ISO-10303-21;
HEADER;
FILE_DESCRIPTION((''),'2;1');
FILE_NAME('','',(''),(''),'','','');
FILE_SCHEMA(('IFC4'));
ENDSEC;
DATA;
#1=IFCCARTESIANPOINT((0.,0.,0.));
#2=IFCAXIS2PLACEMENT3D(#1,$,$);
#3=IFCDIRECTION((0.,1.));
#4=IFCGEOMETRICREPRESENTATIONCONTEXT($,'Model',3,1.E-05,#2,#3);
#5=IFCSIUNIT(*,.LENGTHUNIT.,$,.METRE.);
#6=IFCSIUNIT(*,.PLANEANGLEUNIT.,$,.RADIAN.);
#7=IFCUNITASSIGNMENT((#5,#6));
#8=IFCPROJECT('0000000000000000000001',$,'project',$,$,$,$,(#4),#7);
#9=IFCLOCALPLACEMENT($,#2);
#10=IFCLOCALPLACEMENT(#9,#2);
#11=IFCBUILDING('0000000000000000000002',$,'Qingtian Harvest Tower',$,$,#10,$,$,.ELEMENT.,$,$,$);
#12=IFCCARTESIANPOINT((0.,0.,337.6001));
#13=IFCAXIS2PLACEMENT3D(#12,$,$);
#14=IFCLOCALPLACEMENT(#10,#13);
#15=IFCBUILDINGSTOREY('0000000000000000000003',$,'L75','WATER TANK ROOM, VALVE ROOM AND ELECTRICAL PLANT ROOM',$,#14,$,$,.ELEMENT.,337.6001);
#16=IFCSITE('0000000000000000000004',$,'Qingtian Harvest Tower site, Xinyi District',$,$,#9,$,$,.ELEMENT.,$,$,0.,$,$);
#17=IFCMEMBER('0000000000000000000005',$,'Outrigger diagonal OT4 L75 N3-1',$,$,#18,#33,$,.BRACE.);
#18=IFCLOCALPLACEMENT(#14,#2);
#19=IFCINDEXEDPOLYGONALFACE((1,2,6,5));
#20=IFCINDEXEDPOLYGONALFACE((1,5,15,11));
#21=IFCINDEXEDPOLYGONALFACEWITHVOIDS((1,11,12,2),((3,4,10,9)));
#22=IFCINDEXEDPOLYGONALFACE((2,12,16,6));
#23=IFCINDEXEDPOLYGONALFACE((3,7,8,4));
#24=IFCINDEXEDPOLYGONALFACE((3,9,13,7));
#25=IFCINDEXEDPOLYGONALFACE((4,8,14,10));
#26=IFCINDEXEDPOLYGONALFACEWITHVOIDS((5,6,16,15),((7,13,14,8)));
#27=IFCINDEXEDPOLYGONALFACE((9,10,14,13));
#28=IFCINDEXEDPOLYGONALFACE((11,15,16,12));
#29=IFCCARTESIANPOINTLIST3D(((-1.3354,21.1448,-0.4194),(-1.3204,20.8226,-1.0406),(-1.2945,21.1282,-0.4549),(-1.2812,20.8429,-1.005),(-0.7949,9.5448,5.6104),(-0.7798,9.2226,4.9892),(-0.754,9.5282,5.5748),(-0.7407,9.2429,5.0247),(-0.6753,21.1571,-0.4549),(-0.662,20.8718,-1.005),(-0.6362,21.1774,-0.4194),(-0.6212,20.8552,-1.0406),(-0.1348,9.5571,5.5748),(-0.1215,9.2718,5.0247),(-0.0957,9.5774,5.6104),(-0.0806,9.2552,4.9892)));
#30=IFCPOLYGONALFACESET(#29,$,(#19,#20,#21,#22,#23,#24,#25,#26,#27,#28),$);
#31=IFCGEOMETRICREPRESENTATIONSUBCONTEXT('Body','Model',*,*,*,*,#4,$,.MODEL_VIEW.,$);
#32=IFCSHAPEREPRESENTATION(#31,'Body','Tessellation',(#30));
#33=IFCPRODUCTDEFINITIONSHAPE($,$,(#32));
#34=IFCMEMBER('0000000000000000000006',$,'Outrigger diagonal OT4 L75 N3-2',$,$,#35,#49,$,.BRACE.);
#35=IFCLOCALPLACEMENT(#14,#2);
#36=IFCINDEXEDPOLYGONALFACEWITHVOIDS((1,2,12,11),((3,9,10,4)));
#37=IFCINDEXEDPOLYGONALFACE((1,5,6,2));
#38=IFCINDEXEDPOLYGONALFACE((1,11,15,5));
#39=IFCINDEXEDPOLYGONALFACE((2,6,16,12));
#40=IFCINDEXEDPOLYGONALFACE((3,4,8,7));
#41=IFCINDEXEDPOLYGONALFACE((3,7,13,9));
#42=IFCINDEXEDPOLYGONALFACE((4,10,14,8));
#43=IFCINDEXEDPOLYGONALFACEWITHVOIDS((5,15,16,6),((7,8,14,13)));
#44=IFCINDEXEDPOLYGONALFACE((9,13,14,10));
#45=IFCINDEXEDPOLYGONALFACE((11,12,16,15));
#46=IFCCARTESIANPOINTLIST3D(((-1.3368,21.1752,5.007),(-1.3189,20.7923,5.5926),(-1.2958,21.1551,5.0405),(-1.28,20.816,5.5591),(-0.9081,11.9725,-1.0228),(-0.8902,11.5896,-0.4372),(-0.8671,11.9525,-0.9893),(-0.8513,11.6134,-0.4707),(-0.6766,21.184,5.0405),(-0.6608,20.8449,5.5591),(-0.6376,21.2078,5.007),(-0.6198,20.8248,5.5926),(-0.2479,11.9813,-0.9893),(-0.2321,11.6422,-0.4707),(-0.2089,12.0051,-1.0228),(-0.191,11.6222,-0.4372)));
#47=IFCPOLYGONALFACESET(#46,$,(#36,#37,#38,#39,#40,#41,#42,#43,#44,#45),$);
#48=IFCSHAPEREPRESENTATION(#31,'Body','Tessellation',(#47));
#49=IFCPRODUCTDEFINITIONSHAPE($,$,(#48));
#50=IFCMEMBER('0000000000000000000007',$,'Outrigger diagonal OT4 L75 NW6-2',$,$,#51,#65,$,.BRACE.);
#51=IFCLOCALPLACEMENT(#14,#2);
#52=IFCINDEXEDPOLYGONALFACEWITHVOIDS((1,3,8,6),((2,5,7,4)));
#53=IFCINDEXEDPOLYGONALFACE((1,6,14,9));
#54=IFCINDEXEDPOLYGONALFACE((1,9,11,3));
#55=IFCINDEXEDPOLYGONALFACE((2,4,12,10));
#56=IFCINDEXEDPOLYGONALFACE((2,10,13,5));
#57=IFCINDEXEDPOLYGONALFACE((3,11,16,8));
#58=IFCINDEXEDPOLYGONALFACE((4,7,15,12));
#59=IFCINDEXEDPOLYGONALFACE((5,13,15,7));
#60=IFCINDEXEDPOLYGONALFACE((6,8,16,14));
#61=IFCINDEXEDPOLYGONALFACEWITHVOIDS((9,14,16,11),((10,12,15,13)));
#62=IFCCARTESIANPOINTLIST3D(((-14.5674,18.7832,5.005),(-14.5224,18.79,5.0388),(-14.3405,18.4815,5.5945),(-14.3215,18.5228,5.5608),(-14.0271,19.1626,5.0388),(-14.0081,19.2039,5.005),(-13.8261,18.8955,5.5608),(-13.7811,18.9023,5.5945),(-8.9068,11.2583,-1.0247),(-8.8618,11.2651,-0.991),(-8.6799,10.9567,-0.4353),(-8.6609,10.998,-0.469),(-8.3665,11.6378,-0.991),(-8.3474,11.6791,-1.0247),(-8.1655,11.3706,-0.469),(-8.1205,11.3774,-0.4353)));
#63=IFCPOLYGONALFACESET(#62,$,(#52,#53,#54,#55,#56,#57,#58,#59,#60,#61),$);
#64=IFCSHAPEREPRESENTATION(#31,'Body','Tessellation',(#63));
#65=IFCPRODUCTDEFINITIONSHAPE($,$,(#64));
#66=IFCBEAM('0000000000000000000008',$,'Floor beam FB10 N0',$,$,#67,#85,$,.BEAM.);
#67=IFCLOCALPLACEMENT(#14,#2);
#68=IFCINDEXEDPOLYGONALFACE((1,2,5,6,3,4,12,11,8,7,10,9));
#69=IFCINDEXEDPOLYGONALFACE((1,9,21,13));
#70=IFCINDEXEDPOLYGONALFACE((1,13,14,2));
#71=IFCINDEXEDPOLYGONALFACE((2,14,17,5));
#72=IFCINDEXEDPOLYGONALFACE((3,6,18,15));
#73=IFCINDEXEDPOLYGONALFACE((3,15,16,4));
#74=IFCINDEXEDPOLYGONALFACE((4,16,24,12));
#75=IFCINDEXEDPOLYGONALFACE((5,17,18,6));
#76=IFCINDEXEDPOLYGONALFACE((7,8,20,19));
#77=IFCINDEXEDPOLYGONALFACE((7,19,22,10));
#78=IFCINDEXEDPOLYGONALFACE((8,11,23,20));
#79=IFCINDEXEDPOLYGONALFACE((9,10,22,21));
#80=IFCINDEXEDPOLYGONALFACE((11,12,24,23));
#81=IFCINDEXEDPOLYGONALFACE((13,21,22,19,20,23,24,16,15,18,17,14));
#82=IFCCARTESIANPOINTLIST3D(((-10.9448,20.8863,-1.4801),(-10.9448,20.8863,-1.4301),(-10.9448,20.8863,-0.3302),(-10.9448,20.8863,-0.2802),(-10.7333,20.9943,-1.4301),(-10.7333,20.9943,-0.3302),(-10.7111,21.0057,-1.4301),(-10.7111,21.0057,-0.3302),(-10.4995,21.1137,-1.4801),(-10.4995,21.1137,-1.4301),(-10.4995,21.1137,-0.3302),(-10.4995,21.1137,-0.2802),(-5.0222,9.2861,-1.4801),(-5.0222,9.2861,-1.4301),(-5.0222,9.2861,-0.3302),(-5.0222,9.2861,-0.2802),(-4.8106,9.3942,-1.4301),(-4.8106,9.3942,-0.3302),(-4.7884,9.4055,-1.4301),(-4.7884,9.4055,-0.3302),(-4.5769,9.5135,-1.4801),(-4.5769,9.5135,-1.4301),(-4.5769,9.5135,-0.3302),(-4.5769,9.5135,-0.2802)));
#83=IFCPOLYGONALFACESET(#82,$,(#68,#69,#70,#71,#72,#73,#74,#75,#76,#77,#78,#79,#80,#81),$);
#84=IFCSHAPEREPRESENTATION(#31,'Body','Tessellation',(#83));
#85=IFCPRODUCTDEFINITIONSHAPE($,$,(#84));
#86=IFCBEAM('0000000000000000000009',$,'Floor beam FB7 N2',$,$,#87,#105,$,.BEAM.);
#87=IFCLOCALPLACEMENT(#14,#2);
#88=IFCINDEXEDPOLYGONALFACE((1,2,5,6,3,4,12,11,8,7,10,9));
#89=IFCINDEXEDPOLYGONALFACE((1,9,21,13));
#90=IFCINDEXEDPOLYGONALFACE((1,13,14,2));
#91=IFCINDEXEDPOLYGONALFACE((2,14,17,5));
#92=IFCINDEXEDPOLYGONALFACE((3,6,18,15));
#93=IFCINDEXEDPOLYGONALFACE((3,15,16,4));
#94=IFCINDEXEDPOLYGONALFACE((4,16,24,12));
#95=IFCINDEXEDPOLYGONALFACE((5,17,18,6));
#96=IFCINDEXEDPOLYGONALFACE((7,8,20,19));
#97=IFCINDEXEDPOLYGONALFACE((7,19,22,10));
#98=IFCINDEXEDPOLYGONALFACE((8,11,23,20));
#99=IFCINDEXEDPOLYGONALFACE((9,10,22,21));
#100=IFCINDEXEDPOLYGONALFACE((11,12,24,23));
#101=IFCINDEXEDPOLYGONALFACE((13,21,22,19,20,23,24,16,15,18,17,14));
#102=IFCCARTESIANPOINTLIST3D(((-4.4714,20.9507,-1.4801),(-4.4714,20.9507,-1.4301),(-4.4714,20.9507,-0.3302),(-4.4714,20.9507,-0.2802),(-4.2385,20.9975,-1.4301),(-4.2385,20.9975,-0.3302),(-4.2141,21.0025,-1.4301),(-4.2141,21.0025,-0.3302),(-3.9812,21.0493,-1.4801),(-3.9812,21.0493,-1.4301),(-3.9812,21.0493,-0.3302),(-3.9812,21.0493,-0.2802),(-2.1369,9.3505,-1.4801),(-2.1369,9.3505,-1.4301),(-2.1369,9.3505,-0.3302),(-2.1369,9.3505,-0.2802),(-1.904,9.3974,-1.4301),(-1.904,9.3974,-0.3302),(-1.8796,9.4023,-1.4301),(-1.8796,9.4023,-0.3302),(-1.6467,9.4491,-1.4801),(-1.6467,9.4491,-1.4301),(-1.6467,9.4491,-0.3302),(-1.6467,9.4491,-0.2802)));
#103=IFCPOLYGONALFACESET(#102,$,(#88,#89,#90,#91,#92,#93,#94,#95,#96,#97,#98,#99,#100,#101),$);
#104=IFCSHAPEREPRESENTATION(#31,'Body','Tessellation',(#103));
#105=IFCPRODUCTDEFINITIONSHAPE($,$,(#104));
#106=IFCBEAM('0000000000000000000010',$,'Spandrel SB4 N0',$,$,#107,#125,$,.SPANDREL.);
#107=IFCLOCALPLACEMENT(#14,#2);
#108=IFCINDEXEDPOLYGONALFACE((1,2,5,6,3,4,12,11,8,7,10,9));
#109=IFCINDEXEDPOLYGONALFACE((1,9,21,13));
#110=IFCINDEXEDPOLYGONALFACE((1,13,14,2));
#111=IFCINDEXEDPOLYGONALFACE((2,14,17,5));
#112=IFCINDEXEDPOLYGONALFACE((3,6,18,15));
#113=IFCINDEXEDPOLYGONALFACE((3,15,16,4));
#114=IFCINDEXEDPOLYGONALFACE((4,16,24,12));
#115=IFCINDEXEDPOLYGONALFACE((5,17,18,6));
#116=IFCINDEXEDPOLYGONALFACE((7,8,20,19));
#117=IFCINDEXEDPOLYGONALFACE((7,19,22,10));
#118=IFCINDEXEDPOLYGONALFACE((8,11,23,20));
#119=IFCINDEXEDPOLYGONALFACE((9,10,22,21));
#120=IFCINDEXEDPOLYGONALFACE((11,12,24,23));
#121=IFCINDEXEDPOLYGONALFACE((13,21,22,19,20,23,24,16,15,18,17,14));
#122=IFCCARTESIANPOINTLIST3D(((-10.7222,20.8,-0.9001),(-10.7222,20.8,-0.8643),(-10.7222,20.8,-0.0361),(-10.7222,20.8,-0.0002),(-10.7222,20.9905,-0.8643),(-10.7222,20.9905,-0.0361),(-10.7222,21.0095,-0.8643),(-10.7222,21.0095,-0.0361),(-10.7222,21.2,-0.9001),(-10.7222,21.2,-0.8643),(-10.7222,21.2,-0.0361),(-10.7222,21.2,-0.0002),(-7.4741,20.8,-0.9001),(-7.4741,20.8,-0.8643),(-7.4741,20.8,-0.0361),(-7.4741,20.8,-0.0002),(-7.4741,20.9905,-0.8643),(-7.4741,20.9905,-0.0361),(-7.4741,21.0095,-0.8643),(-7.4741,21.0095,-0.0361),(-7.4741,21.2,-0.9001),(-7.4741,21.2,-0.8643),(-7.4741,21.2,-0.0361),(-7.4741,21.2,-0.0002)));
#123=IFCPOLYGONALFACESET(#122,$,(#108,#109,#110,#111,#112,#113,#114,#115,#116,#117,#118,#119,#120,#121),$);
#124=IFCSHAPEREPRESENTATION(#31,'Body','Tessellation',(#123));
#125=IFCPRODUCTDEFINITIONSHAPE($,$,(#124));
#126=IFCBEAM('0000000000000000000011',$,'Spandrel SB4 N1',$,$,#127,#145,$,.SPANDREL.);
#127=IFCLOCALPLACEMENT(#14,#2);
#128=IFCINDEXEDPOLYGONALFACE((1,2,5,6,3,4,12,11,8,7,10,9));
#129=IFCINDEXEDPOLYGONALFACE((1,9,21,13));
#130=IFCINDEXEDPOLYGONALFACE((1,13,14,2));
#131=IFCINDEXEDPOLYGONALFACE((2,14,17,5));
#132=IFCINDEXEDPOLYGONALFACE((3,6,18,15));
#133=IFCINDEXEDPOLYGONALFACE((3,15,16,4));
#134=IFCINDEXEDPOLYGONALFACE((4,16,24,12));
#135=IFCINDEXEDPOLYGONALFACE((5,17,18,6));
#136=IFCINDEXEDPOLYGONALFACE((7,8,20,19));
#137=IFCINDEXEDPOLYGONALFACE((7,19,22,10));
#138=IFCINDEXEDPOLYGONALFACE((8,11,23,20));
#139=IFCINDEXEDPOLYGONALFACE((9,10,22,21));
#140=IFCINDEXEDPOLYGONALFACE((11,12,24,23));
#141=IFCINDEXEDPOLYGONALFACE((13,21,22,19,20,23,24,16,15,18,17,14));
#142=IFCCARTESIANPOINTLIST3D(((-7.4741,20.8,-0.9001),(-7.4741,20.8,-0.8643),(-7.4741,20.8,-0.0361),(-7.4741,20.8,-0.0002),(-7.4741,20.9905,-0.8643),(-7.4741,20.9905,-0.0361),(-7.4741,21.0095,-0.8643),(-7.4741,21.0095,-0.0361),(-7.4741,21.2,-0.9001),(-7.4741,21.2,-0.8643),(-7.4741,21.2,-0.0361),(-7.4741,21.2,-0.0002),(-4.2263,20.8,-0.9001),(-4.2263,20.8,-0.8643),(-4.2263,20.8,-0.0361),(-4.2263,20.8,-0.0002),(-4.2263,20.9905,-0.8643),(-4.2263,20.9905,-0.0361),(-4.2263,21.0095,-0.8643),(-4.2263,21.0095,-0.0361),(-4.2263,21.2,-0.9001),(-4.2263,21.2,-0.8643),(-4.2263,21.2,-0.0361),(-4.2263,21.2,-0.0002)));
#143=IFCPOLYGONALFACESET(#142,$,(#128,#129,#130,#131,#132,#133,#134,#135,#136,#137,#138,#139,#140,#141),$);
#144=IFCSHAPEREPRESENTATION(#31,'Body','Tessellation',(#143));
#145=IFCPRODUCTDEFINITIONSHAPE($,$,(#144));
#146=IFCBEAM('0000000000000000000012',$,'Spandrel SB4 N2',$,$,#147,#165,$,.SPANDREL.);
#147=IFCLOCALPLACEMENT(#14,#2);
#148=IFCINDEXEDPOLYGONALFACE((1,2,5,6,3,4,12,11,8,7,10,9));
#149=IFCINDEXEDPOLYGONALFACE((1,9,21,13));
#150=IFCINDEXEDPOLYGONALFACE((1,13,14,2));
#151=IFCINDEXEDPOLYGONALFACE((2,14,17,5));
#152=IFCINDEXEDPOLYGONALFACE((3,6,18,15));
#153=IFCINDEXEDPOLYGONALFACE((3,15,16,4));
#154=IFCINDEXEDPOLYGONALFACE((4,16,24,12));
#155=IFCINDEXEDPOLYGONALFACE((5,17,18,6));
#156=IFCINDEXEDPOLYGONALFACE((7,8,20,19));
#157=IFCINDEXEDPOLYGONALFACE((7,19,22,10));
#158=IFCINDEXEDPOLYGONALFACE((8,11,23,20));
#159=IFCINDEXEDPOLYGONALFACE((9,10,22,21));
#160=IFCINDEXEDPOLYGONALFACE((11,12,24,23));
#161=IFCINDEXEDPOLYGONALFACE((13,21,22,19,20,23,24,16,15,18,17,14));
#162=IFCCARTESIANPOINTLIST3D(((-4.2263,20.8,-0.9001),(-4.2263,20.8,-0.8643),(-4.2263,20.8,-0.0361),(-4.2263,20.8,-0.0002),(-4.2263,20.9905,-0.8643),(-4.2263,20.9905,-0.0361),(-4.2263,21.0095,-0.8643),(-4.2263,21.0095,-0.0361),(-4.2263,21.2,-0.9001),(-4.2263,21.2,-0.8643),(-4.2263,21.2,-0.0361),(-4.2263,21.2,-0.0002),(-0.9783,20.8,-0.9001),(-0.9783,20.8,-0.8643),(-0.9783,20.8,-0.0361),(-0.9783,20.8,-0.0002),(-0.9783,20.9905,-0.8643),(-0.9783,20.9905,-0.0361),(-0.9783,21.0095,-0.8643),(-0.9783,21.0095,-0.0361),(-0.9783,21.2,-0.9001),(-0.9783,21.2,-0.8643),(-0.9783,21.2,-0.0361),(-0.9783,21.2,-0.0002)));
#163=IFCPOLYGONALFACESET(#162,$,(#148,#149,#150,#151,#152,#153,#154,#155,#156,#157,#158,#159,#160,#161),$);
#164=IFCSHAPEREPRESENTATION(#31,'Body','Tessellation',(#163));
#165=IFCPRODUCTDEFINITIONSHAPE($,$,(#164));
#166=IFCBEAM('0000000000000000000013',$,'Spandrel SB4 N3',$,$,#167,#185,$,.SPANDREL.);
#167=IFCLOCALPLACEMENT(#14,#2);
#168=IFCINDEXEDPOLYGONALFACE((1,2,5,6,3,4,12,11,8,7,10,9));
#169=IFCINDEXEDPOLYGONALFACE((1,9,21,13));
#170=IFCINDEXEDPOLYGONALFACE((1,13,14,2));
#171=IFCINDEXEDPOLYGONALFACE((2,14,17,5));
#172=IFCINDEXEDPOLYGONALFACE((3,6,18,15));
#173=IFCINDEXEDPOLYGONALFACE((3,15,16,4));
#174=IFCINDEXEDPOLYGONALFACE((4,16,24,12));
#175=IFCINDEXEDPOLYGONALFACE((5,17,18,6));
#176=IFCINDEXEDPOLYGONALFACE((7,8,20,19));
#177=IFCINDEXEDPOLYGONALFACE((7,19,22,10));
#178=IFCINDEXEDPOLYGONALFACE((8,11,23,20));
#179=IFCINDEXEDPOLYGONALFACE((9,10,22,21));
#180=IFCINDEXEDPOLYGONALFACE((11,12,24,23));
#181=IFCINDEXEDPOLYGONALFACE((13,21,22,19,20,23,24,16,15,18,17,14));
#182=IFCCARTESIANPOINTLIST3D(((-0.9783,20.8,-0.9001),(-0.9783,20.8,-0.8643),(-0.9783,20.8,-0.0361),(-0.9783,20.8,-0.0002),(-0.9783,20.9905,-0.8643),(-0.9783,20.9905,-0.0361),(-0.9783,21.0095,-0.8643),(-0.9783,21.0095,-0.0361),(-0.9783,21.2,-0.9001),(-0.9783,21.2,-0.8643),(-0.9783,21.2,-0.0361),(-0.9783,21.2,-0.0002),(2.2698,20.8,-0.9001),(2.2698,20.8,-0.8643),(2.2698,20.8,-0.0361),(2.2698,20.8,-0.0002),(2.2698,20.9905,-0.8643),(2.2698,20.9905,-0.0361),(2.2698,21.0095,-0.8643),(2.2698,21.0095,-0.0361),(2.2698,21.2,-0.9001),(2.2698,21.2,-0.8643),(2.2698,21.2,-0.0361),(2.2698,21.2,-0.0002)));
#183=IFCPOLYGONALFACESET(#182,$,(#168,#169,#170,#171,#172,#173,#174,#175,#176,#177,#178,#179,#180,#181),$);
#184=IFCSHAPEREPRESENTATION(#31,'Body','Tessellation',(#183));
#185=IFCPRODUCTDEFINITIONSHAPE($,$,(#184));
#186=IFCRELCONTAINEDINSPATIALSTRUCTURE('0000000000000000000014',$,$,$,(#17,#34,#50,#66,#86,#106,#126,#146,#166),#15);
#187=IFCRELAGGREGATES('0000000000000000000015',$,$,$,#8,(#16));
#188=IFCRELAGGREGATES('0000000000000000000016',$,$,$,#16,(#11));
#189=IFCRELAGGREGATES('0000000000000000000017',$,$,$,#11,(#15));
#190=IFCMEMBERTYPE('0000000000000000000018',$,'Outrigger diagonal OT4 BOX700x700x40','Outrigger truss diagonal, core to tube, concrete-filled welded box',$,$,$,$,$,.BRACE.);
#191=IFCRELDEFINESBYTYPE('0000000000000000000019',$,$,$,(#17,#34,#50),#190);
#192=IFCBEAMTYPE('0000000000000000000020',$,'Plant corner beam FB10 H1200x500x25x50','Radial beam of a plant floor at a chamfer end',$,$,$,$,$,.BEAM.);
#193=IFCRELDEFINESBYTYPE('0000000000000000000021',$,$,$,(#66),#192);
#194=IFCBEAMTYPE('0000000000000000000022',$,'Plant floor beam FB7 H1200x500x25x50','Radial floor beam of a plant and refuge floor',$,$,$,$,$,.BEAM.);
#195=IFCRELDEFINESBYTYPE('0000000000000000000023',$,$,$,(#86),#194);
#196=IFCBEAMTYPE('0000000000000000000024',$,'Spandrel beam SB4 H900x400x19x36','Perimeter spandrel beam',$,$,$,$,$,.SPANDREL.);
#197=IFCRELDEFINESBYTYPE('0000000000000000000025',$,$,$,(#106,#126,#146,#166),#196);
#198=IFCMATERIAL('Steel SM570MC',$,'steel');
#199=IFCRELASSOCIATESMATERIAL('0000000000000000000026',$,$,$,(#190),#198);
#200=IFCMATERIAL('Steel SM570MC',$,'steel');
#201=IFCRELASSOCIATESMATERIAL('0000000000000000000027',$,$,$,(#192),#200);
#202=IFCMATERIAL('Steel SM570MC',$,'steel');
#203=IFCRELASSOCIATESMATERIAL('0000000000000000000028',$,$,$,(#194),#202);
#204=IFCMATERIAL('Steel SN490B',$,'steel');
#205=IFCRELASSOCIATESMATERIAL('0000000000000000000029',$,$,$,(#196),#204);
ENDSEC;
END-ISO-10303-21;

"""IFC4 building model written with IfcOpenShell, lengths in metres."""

from ifc_helpers import new_model, si_unit, direction, frame, origin, origin_2d, place, context, subcontext, project, spatial, hollow_rectangle, i_section, extrude, material, material_profile, profile_set, type_object, element, save


model = new_model("IFC4")

# Units and contexts
model_context = context("Model", 3, precision=1e-05, world=origin(), true_north=direction((0.0, 1.0)))
body_context = subcontext(model_context, "Body", "Model", "MODEL_VIEW")
ifc_project = project(units=[si_unit("LENGTHUNIT", "METRE"), si_unit("PLANEANGLEUNIT", "RADIAN")], contexts=[model_context])

# Site, building, storey
site_placement = place(None, origin())
site = spatial("IfcSite", under=ifc_project, at=site_placement, Name="Qingtian Harvest Tower site, Xinyi District", CompositionType="ELEMENT", RefElevation=0.0)
building_placement = place(site_placement, origin())
building = spatial("IfcBuilding", under=site, at=building_placement, Name="Qingtian Harvest Tower", CompositionType="ELEMENT")
storey_placement = place(building_placement, frame((0.0, 0.0, 337.6001)))
storey = spatial("IfcBuildingStorey", under=building, at=storey_placement, Name="L75", Description="WATER TANK ROOM, VALVE ROOM AND ELECTRICAL PLANT ROOM", CompositionType="ELEMENT", Elevation=337.6001)

# Members
ifc_material_1 = material(Name="Steel SM570MC", Category="steel")
ifc_material_profile_1 = material_profile(ifc_material_1, hollow_rectangle(XDim=0.7, YDim=0.7, WallThickness=0.04, at=origin_2d()), Name="BOX700x700x40")
ifc_profile_set_1 = profile_set([ifc_material_profile_1], Name="Steel SM570MC")
member_type = type_object("IfcMemberType", Name="Outrigger diagonal OT4 BOX700x700x40", Description="Outrigger truss diagonal, core to tube, concrete-filled welded box", PredefinedType="BRACE", material=ifc_profile_set_1)
member_1_placement = place(storey_placement, frame((-0.9783, 21.0, -0.73), z_axis=(0.041309, -0.88653, 0.460823), x_axis=(0.998916, 0.046546, 0.0)))
element("IfcMember", 1, at=member_1_placement, inside=storey, type_object=member_type, Name="Outrigger diagonal OT4 L75 N3-1", PredefinedType="BRACE", context=body_context, shape_type="SweptSolid", body=[
    extrude(hollow_rectangle(XDim=0.7, YDim=0.7, WallThickness=0.04, at=origin_2d()), origin(), (0.0, 0.0, 1.0), 13.0847),
])
member_2_placement = place(storey_placement, frame((-0.5496, 11.7974, -0.73), z_axis=(-0.038937, 0.835807, 0.547641), x_axis=(-0.998917, -0.046535, 0.0)))
element("IfcMember", 2, at=member_2_placement, inside=storey, type_object=member_type, Name="Outrigger diagonal OT4 L75 N3-2", PredefinedType="BRACE", context=body_context, shape_type="SweptSolid", body=[
    extrude(hollow_rectangle(XDim=0.7, YDim=0.7, WallThickness=0.04, at=origin_2d()), origin(), (0.0, 0.0, 1.0), 11.0105),
])
member_3_placement = place(storey_placement, frame((-8.5137, 11.3179, -0.73), z_axis=(-0.506252, 0.672979, 0.539266), x_axis=(-0.799134, -0.601153, 0.0)))
element("IfcMember", 3, at=member_3_placement, inside=storey, type_object=member_type, Name="Outrigger diagonal OT4 L75 NW6-2", PredefinedType="BRACE", context=body_context, shape_type="SweptSolid", body=[
    extrude(hollow_rectangle(XDim=0.7, YDim=0.7, WallThickness=0.04, at=origin_2d()), origin(), (0.0, 0.0, 1.0), 11.1814),
])

# Beams
ifc_material_2 = material(Name="Steel SM570MC", Category="steel")
ifc_material_profile_2 = material_profile(ifc_material_2, i_section(OverallWidth=0.5, OverallDepth=1.2, WebThickness=0.0249, FlangeThickness=0.05, at=origin_2d()), Name="H1200x500x25x50")
ifc_profile_set_2 = profile_set([ifc_material_profile_2], Name="Steel SM570MC")
beam_type_1 = type_object("IfcBeamType", Name="Plant corner beam FB10 H1200x500x25x50", Description="Radial beam of a plant floor at a chamfer end", PredefinedType="BEAM", material=ifc_profile_set_2)
beam_1_placement = place(storey_placement, frame((-10.7222, 21.0, -0.8801), z_axis=(0.454726, -0.890632, 0.0), x_axis=(0.890632, 0.454726, 0.0)))
element("IfcBeam", 4, at=beam_1_placement, inside=storey, type_object=beam_type_1, Name="Floor beam FB10 N0", PredefinedType="BEAM", context=body_context, shape_type="SweptSolid", body=[
    extrude(i_section(OverallWidth=0.5, OverallDepth=1.2, WebThickness=0.0249, FlangeThickness=0.05, at=origin_2d()), origin(), (0.0, 0.0, 1.0), 13.0247),
])
ifc_material_3 = material(Name="Steel SM570MC", Category="steel")
ifc_material_profile_3 = material_profile(ifc_material_3, i_section(OverallWidth=0.5, OverallDepth=1.2, WebThickness=0.0249, FlangeThickness=0.05, at=origin_2d()), Name="H1200x500x25x50")
ifc_profile_set_3 = profile_set([ifc_material_profile_3], Name="Steel SM570MC")
beam_type_2 = type_object("IfcBeamType", Name="Plant floor beam FB7 H1200x500x25x50", Description="Radial floor beam of a plant and refuge floor", PredefinedType="BEAM", material=ifc_profile_set_3)
beam_2_placement = place(storey_placement, frame((-4.2263, 21.0, -0.8801), z_axis=(0.19729, -0.980345, 0.0), x_axis=(0.980345, 0.19729, 0.0)))
element("IfcBeam", 5, at=beam_2_placement, inside=storey, type_object=beam_type_2, Name="Floor beam FB7 N2", PredefinedType="BEAM", context=body_context, shape_type="SweptSolid", body=[
    extrude(i_section(OverallWidth=0.5, OverallDepth=1.2, WebThickness=0.0249, FlangeThickness=0.05, at=origin_2d()), origin(), (0.0, 0.0, 1.0), 11.8328),
])
ifc_material_4 = material(Name="Steel SN490B", Category="steel")
ifc_material_profile_4 = material_profile(ifc_material_4, i_section(OverallWidth=0.3999, OverallDepth=0.8999, WebThickness=0.019, FlangeThickness=0.0359, at=origin_2d()), Name="H900x400x19x36")
ifc_profile_set_4 = profile_set([ifc_material_profile_4], Name="Steel SN490B")
beam_type_3 = type_object("IfcBeamType", Name="Spandrel beam SB4 H900x400x19x36", Description="Perimeter spandrel beam", PredefinedType="SPANDREL", material=ifc_profile_set_4)
beam_3_placement = place(storey_placement, frame((-10.7222, 21.0, -0.4502), z_axis=(1.0, 0.0, 0.0), x_axis=(0.0, 1.0, 0.0)))
element("IfcBeam", 6, at=beam_3_placement, inside=storey, type_object=beam_type_3, Name="Spandrel SB4 N0", PredefinedType="SPANDREL", context=body_context, shape_type="SweptSolid", body=[
    extrude(i_section(OverallWidth=0.3999, OverallDepth=0.8999, WebThickness=0.019, FlangeThickness=0.0359, at=origin_2d()), origin(), (0.0, 0.0, 1.0), 3.248),
])
beam_4_placement = place(storey_placement, frame((-7.4741, 21.0, -0.4502), z_axis=(1.0, 0.0, 0.0), x_axis=(0.0, 1.0, 0.0)))
element("IfcBeam", 7, at=beam_4_placement, inside=storey, type_object=beam_type_3, Name="Spandrel SB4 N1", PredefinedType="SPANDREL", context=body_context, shape_type="SweptSolid", body=[
    extrude(i_section(OverallWidth=0.3999, OverallDepth=0.8999, WebThickness=0.019, FlangeThickness=0.0359, at=origin_2d()), origin(), (0.0, 0.0, 1.0), 3.2478),
])
for number, where, z_axis, x_axis, name in (
    (8, (-4.2263, 21.0, -0.4502), (1.0, 0.0, 0.0), (0.0, 1.0, 0.0), "Spandrel SB4 N2"),
    (9, (-0.9783, 21.0, -0.4502), (1.0, 0.0, 0.0), (0.0, 1.0, 0.0), "Spandrel SB4 N3"),
):
    element("IfcBeam", number, at=place(storey_placement, frame(where, z_axis=z_axis, x_axis=x_axis)), inside=storey, type_object=beam_type_3, Name=name, PredefinedType="SPANDREL", context=body_context, shape_type="SweptSolid", body=[
        extrude(i_section(OverallWidth=0.3999, OverallDepth=0.8999, WebThickness=0.019, FlangeThickness=0.0359, at=origin_2d()), origin(), (0.0, 0.0, 1.0), 3.248),
    ])

save(model, "model.ifc")
